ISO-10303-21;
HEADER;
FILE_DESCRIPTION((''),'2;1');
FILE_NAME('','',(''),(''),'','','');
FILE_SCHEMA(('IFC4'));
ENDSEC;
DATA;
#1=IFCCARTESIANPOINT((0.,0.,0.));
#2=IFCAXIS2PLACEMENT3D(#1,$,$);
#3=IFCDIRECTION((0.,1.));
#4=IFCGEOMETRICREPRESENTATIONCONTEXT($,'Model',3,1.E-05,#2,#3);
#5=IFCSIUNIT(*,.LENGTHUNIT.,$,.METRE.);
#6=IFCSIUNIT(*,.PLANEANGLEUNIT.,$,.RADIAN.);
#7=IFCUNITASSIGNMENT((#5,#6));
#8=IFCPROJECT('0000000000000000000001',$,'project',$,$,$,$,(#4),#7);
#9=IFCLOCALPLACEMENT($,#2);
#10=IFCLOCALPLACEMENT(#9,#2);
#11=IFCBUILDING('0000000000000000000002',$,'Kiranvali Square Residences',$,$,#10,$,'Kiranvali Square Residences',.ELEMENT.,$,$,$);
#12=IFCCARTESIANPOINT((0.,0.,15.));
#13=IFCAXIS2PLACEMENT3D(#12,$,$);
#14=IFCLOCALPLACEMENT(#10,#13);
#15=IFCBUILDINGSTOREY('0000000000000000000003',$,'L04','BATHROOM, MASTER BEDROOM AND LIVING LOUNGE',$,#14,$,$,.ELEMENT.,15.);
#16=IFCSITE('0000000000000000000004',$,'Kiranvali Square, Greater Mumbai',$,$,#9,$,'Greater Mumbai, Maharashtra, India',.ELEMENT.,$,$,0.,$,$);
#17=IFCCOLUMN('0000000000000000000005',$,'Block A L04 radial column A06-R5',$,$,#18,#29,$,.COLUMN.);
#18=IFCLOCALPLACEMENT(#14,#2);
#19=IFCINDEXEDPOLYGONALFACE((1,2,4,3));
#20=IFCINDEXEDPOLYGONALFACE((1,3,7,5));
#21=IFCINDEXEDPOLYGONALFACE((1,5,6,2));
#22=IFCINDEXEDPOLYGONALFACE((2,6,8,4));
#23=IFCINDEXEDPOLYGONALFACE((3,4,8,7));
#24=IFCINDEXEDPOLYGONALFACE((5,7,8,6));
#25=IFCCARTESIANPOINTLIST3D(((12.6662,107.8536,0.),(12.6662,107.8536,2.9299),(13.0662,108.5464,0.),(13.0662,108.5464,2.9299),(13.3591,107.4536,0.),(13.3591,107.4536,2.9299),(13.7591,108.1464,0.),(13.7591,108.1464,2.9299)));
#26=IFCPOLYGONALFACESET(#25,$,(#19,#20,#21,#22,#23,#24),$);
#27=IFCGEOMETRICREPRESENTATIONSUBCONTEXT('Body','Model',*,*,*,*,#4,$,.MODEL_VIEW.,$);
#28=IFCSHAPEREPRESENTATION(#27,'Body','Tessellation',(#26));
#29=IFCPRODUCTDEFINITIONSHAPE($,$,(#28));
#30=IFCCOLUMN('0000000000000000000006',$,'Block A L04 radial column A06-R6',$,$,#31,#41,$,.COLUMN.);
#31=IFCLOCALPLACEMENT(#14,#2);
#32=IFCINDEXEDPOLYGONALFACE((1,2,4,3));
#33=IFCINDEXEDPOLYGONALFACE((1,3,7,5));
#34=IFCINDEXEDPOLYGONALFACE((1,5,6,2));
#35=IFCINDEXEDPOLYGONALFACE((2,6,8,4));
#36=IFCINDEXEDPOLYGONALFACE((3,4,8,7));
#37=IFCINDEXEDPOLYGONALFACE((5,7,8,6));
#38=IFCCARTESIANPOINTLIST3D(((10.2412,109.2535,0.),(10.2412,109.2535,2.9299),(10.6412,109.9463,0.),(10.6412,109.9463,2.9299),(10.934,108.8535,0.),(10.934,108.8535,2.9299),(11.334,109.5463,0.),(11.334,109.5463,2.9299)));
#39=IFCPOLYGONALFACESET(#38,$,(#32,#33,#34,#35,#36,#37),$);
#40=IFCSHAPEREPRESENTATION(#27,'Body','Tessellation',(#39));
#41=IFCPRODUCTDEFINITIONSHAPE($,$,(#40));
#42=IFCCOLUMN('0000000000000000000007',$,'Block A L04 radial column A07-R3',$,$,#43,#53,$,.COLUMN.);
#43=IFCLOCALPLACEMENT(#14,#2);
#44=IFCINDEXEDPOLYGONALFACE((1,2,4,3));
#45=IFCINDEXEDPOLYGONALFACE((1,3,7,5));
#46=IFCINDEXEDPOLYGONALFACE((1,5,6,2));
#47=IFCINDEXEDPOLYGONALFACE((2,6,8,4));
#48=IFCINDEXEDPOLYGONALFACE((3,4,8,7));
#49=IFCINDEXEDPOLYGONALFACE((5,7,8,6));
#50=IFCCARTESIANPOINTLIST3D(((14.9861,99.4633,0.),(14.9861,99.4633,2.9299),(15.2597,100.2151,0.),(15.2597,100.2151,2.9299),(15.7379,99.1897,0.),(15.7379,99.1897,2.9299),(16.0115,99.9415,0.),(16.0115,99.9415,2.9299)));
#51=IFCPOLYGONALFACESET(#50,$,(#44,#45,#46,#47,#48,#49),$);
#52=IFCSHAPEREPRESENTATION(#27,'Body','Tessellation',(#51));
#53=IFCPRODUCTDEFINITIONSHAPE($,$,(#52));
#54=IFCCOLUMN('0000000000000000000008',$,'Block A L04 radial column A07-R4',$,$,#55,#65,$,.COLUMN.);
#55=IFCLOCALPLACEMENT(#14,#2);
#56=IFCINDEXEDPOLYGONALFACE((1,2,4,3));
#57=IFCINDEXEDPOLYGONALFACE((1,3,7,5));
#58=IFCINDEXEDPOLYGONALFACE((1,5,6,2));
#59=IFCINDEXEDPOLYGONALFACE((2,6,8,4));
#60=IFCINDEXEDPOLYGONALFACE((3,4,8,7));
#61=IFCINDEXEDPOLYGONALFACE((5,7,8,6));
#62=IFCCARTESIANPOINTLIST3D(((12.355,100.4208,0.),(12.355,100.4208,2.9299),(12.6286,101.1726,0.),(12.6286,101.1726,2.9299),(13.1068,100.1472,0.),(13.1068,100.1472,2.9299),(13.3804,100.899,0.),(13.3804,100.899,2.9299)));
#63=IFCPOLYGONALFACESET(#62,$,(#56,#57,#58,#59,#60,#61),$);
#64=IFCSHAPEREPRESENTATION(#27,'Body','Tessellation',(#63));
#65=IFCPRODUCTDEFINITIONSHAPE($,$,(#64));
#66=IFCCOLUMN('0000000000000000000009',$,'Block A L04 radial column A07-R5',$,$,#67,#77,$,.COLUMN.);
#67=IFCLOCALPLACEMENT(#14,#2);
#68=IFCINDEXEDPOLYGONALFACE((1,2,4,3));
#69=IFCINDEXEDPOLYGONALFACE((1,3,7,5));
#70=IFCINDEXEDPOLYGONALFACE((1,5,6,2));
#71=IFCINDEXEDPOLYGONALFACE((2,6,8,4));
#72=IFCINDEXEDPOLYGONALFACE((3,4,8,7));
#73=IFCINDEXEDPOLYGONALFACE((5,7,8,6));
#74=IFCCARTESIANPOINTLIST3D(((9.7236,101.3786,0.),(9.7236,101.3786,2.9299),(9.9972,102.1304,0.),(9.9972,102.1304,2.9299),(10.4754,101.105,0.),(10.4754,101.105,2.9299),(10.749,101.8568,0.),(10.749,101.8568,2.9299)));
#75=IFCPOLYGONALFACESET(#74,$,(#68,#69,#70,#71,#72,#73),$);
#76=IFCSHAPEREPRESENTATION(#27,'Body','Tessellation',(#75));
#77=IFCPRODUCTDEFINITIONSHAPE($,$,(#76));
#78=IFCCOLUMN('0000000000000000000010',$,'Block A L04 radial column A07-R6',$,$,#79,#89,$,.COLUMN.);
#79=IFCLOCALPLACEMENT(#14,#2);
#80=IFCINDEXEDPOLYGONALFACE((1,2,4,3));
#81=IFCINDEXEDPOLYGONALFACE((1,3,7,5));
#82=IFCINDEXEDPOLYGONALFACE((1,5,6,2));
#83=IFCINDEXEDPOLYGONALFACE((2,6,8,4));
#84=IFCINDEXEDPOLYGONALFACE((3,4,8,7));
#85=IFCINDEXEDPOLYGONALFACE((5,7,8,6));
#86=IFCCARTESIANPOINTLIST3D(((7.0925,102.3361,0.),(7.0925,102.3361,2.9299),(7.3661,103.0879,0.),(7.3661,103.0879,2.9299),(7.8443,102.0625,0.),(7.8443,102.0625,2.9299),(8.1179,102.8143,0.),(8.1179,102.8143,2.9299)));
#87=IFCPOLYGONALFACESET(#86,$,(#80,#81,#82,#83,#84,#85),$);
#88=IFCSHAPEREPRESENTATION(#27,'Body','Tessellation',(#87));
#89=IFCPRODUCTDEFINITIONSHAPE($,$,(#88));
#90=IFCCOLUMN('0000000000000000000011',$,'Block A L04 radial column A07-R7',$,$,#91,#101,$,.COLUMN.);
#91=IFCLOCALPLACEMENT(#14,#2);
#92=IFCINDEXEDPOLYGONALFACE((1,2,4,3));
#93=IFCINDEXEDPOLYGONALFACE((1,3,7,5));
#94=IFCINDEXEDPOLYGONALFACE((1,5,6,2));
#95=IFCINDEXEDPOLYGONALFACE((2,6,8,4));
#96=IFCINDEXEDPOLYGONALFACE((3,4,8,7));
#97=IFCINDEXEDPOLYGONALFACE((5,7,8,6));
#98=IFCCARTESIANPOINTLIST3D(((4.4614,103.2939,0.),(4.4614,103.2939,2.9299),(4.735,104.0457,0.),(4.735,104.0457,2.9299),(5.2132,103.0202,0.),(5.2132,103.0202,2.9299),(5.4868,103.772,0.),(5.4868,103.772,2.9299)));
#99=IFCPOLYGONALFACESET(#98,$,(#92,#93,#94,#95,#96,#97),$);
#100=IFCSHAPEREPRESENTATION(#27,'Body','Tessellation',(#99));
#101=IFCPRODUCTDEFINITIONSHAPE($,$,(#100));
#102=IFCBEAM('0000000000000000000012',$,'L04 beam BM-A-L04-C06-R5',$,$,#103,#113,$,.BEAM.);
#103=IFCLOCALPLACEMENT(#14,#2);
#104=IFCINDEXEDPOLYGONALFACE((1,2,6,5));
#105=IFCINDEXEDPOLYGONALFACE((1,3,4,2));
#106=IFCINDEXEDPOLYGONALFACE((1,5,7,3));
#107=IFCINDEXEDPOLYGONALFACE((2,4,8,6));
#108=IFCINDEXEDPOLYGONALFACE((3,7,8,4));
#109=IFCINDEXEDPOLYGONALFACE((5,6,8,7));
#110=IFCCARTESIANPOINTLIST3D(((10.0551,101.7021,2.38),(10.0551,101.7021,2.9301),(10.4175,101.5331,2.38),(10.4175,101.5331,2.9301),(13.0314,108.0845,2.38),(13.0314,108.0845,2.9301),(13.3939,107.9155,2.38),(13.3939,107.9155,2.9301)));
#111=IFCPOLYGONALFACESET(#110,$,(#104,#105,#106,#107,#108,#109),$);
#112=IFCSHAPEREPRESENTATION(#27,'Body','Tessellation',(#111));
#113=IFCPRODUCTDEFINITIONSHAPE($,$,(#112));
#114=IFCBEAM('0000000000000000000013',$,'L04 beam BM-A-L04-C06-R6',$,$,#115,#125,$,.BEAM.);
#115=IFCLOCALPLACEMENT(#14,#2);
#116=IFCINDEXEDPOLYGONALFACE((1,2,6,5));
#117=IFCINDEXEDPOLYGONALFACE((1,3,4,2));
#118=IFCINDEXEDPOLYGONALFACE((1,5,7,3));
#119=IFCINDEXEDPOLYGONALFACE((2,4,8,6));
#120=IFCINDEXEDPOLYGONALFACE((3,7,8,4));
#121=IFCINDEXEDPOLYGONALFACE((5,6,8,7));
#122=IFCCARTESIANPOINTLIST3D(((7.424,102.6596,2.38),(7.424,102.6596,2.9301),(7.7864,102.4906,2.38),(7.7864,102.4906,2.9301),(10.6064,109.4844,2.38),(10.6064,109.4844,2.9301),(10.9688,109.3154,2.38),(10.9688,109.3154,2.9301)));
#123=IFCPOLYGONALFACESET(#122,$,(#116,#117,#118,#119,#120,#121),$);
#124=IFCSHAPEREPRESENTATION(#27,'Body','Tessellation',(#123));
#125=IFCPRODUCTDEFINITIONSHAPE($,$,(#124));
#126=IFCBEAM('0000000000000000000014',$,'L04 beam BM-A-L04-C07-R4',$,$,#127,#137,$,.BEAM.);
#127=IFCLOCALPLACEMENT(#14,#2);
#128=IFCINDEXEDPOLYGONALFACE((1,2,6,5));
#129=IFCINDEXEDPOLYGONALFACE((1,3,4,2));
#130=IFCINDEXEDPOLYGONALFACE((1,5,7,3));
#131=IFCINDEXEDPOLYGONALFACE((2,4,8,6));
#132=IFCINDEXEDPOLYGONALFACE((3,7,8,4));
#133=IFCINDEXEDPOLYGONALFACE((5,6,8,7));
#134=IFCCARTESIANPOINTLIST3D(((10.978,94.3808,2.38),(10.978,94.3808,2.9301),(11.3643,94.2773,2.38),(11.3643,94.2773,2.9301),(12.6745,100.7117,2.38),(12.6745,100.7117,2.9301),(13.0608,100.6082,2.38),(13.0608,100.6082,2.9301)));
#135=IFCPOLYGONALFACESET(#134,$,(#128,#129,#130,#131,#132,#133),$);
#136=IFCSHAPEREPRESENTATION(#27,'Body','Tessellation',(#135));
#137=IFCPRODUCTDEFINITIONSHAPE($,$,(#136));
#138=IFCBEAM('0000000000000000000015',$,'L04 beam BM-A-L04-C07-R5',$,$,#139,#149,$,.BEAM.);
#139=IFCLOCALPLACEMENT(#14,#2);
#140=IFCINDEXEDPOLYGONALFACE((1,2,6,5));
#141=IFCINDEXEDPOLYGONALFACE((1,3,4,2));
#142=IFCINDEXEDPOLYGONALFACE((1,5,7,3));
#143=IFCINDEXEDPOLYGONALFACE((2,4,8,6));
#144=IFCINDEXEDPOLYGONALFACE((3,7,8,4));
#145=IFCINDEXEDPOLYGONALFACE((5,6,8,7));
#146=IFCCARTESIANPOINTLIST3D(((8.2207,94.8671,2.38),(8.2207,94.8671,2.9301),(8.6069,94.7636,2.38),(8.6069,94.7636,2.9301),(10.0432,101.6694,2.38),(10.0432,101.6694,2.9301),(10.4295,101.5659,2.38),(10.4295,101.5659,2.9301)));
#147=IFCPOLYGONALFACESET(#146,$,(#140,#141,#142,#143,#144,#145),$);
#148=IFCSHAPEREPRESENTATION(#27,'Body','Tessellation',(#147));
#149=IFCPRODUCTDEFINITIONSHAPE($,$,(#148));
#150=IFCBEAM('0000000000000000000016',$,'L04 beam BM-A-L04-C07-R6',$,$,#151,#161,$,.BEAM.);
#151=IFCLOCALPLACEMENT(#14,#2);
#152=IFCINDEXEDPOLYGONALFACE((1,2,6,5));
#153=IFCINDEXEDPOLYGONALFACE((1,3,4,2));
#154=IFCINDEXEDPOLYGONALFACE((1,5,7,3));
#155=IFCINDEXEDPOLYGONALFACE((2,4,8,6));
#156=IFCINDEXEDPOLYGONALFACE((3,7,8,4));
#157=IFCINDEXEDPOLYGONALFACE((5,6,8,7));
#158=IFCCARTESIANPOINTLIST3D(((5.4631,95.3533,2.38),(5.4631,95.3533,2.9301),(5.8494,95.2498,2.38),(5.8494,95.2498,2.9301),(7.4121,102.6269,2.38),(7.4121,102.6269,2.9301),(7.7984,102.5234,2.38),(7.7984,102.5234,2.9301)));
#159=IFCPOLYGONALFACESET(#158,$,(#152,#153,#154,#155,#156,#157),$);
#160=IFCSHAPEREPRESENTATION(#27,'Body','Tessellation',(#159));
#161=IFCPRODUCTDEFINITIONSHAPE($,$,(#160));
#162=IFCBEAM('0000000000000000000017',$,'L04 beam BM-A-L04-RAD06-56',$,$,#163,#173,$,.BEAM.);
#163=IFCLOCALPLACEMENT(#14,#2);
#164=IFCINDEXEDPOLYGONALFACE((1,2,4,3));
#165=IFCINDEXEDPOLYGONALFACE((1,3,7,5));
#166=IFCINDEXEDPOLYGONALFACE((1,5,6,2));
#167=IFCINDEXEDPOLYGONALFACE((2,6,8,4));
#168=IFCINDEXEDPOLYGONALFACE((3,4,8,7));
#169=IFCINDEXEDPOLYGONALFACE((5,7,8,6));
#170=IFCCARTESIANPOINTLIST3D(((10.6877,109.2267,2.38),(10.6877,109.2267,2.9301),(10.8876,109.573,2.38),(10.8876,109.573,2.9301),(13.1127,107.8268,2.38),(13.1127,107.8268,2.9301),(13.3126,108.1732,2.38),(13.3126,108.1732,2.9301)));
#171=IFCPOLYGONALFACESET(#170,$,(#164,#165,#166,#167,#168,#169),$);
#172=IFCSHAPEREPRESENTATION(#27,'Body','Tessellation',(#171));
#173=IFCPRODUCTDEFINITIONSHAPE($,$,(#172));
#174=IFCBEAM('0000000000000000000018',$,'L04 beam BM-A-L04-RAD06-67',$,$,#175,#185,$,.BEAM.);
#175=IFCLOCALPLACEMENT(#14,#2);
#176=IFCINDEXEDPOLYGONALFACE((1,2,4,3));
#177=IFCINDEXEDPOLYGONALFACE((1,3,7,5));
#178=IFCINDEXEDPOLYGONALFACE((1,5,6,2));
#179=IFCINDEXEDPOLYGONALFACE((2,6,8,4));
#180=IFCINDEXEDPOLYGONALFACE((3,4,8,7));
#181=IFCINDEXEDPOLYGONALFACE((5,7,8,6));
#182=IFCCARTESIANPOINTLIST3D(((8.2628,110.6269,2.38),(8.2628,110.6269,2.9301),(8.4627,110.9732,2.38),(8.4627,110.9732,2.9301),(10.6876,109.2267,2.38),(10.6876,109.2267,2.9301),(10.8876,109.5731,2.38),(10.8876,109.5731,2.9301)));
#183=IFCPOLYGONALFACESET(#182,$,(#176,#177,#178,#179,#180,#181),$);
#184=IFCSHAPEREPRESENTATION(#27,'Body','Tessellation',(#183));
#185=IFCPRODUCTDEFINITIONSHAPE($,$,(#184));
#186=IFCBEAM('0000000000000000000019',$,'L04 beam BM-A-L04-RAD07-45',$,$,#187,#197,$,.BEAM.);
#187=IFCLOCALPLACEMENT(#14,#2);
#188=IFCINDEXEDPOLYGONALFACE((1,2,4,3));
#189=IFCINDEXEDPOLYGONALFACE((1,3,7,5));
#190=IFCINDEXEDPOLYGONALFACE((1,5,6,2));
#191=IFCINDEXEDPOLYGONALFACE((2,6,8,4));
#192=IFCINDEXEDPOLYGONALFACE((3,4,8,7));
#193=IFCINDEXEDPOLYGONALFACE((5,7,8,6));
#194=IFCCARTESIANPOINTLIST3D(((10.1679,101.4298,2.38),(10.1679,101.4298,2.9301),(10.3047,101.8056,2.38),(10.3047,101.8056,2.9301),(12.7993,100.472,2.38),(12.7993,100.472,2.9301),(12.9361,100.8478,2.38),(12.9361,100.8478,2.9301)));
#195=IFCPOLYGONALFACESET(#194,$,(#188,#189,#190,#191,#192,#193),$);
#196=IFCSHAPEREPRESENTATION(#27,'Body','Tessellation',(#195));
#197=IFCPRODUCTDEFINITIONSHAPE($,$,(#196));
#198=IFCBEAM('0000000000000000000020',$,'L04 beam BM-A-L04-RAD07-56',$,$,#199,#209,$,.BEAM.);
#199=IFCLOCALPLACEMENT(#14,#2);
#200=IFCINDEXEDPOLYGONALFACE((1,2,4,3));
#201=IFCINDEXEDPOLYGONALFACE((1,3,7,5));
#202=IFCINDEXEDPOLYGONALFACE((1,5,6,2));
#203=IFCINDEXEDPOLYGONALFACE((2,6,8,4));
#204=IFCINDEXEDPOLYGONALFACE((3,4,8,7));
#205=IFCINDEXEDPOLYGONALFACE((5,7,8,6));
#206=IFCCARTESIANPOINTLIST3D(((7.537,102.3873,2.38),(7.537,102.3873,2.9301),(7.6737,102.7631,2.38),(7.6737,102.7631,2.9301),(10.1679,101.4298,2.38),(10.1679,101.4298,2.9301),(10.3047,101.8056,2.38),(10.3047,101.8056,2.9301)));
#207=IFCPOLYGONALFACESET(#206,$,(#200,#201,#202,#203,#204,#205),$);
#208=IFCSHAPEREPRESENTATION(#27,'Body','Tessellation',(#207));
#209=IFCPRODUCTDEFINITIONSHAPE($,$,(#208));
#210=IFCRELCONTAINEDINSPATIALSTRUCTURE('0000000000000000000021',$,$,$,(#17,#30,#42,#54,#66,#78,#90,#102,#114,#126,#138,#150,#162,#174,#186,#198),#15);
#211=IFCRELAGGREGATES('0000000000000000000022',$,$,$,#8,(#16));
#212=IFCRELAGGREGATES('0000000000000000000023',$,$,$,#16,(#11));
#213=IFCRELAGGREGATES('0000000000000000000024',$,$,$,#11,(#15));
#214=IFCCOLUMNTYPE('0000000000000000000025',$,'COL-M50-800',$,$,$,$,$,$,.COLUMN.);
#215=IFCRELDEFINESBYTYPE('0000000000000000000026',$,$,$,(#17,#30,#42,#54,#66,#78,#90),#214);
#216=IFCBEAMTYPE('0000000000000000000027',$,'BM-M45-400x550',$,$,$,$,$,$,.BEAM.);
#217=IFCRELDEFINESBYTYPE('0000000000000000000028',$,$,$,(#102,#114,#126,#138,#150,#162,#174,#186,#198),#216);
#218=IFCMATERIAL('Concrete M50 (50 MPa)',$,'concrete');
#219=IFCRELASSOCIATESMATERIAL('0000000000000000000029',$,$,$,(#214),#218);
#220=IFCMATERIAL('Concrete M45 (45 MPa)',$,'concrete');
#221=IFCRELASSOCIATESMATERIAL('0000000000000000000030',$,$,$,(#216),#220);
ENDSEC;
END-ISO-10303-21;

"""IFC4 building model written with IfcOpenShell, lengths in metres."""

from ifc_helpers import new_model, si_unit, direction, frame, origin, origin_2d, place, context, subcontext, project, spatial, rectangle, extrude, material, material_profile, profile_set, type_object, element, save


model = new_model("IFC4")

# Units and contexts
model_context = context("Model", 3, precision=1e-05, world=origin(), true_north=direction((0.0, 1.0)))
body_context = subcontext(model_context, "Body", "Model", "MODEL_VIEW")
ifc_project = project(units=[si_unit("LENGTHUNIT", "METRE"), si_unit("PLANEANGLEUNIT", "RADIAN")], contexts=[model_context])

# Site, building, storey
site_placement = place(None, origin())
site = spatial("IfcSite", under=ifc_project, at=site_placement, Name="Kiranvali Square, Greater Mumbai", LongName="Greater Mumbai, Maharashtra, India", CompositionType="ELEMENT", RefElevation=0.0)
building_placement = place(site_placement, origin())
building = spatial("IfcBuilding", under=site, at=building_placement, Name="Kiranvali Square Residences", LongName="Kiranvali Square Residences", CompositionType="ELEMENT")
storey_placement = place(building_placement, frame((0.0, 0.0, 15.0)))
storey = spatial("IfcBuildingStorey", under=building, at=storey_placement, Name="L04", Description="BATHROOM, MASTER BEDROOM AND LIVING LOUNGE", CompositionType="ELEMENT", Elevation=15.0)

# Columns
ifc_material_1 = material(Name="Concrete M50 (50 MPa)", Category="concrete")
ifc_material_profile_1 = material_profile(ifc_material_1, rectangle(XDim=0.8, YDim=0.8, at=origin_2d()), Name="RC 800x800")
ifc_profile_set_1 = profile_set([ifc_material_profile_1], Name="Concrete M50 (50 MPa)")
column_type = type_object("IfcColumnType", Name="COL-M50-800", PredefinedType="COLUMN", material=ifc_profile_set_1)
for number, where, z_axis, x_axis, name in (
    (1, (13.2126, 108.0, 0.0), (0.0, 0.0, 1.0), (0.5, 0.866025, 0.0), "Block A L04 radial column A06-R5"),
    (2, (10.7876, 109.3999, 0.0), (0.0, 0.0, 1.0), (0.5, 0.866025, 0.0), "Block A L04 radial column A06-R6"),
    (3, (15.4988, 99.7024, 0.0), (0.0, 0.0, 1.0), (0.34202, 0.939693, 0.0), "Block A L04 radial column A07-R3"),
    (4, (12.8677, 100.6599, 0.0), (0.0, 0.0, 1.0), (0.34202, 0.939693, 0.0), "Block A L04 radial column A07-R4"),
    (5, (10.2363, 101.6177, 0.0), (0.0, 0.0, 1.0), (0.34202, 0.939693, 0.0), "Block A L04 radial column A07-R5"),
    (6, (7.6052, 102.5752, 0.0), (0.0, 0.0, 1.0), (0.34202, 0.939693, 0.0), "Block A L04 radial column A07-R6"),
    (7, (4.9741, 103.533, 0.0), (0.0, 0.0, 1.0), (0.34202, 0.939693, 0.0), "Block A L04 radial column A07-R7"),
):
    element("IfcColumn", number, at=place(storey_placement, frame(where, z_axis=z_axis, x_axis=x_axis)), inside=storey, type_object=column_type, Name=name, PredefinedType="COLUMN", context=body_context, shape_type="SweptSolid", body=[
        extrude(rectangle(XDim=0.8, YDim=0.8, at=origin_2d()), origin(), (0.0, 0.0, 1.0), 2.9299),
    ])

# Beams
ifc_material_2 = material(Name="Concrete M45 (45 MPa)", Category="concrete")
ifc_material_profile_2 = material_profile(ifc_material_2, rectangle(XDim=0.3999, YDim=0.55, at=origin_2d()), Name="RC 400x550")
ifc_profile_set_2 = profile_set([ifc_material_profile_2], Name="Concrete M45 (45 MPa)")
beam_type_1 = type_object("IfcBeamType", Name="BM-M45-400x550", PredefinedType="BEAM", material=ifc_profile_set_2)
beam_1_placement = place(storey_placement, frame((13.2126, 108.0, 2.655), z_axis=(-0.422641, -0.906297, 0.0), x_axis=(0.906297, -0.422641, 0.0)))
element("IfcBeam", 8, at=beam_1_placement, inside=storey, type_object=beam_type_1, Name="L04 beam BM-A-L04-C06-R5", PredefinedType="BEAM", context=body_context, shape_type="SweptSolid", body=[
    extrude(rectangle(XDim=0.3999, YDim=0.55, at=origin_2d()), origin(), (0.0, 0.0, 1.0), 7.0422),
])
beam_2_placement = place(storey_placement, frame((10.7876, 109.3999, 2.655), z_axis=(-0.422614, -0.90631, 0.0), x_axis=(0.90631, -0.422614, 0.0)))
element("IfcBeam", 9, at=beam_2_placement, inside=storey, type_object=beam_type_1, Name="L04 beam BM-A-L04-C06-R6", PredefinedType="BEAM", context=body_context, shape_type="SweptSolid", body=[
    extrude(rectangle(XDim=0.3999, YDim=0.55, at=origin_2d()), origin(), (0.0, 0.0, 1.0), 7.5303),
])
beam_3_placement = place(storey_placement, frame((12.8677, 100.6599, 2.655), z_axis=(-0.258847, -0.965918, 0.0), x_axis=(0.965918, -0.258847, 0.0)))
element("IfcBeam", 10, at=beam_3_placement, inside=storey, type_object=beam_type_1, Name="L04 beam BM-A-L04-C07-R4", PredefinedType="BEAM", context=body_context, shape_type="SweptSolid", body=[
    extrude(rectangle(XDim=0.3999, YDim=0.55, at=origin_2d()), origin(), (0.0, 0.0, 1.0), 6.5542),
])
beam_4_placement = place(storey_placement, frame((10.2363, 101.6177, 2.655), z_axis=(-0.2588, -0.965931, 0.0), x_axis=(0.965931, -0.2588, 0.0)))
element("IfcBeam", 11, at=beam_4_placement, inside=storey, type_object=beam_type_1, Name="L04 beam BM-A-L04-C07-R5", PredefinedType="BEAM", context=body_context, shape_type="SweptSolid", body=[
    extrude(rectangle(XDim=0.3999, YDim=0.55, at=origin_2d()), origin(), (0.0, 0.0, 1.0), 7.0422),
])
beam_5_placement = place(storey_placement, frame((7.6052, 102.5752, 2.655), z_axis=(-0.258819, -0.965926, 0.0), x_axis=(0.965926, -0.258819, 0.0)))
element("IfcBeam", 12, at=beam_5_placement, inside=storey, type_object=beam_type_1, Name="L04 beam BM-A-L04-C07-R6", PredefinedType="BEAM", context=body_context, shape_type="SweptSolid", body=[
    extrude(rectangle(XDim=0.3999, YDim=0.55, at=origin_2d()), origin(), (0.0, 0.0, 1.0), 7.5303),
])
for number, where, z_axis, x_axis, name in (
    (13, (13.2126, 108.0, 2.655), (-0.866056, 0.499946, 0.0), (-0.499946, -0.866056, 0.0), "L04 beam BM-A-L04-RAD06-56"),
    (14, (10.7876, 109.3999, 2.655), (-0.865997, 0.50005, 0.0), (-0.50005, -0.865997, 0.0), "L04 beam BM-A-L04-RAD06-67"),
):
    element("IfcBeam", number, at=place(storey_placement, frame(where, z_axis=z_axis, x_axis=x_axis)), inside=storey, type_object=beam_type_1, Name=name, PredefinedType="BEAM", context=body_context, shape_type="SweptSolid", body=[
        extrude(rectangle(XDim=0.3999, YDim=0.55, at=origin_2d()), origin(), (0.0, 0.0, 1.0), 2.8),
    ])
beam_6_placement = place(storey_placement, frame((12.8677, 100.6599, 2.655), z_axis=(-0.939689, 0.34203, 0.0), x_axis=(-0.34203, -0.939689, 0.0)))
element("IfcBeam", 15, at=beam_6_placement, inside=storey, type_object=beam_type_1, Name="L04 beam BM-A-L04-RAD07-45", PredefinedType="BEAM", context=body_context, shape_type="SweptSolid", body=[
    extrude(rectangle(XDim=0.3999, YDim=0.55, at=origin_2d()), origin(), (0.0, 0.0, 1.0), 2.8003),
])
beam_7_placement = place(storey_placement, frame((10.2363, 101.6177, 2.655), z_axis=(-0.939707, 0.341981, 0.0), x_axis=(-0.341981, -0.939707, 0.0)))
element("IfcBeam", 16, at=beam_7_placement, inside=storey, type_object=beam_type_1, Name="L04 beam BM-A-L04-RAD07-56", PredefinedType="BEAM", context=body_context, shape_type="SweptSolid", body=[
    extrude(rectangle(XDim=0.3999, YDim=0.55, at=origin_2d()), origin(), (0.0, 0.0, 1.0), 2.7998),
])

save(model, "model.ifc")
